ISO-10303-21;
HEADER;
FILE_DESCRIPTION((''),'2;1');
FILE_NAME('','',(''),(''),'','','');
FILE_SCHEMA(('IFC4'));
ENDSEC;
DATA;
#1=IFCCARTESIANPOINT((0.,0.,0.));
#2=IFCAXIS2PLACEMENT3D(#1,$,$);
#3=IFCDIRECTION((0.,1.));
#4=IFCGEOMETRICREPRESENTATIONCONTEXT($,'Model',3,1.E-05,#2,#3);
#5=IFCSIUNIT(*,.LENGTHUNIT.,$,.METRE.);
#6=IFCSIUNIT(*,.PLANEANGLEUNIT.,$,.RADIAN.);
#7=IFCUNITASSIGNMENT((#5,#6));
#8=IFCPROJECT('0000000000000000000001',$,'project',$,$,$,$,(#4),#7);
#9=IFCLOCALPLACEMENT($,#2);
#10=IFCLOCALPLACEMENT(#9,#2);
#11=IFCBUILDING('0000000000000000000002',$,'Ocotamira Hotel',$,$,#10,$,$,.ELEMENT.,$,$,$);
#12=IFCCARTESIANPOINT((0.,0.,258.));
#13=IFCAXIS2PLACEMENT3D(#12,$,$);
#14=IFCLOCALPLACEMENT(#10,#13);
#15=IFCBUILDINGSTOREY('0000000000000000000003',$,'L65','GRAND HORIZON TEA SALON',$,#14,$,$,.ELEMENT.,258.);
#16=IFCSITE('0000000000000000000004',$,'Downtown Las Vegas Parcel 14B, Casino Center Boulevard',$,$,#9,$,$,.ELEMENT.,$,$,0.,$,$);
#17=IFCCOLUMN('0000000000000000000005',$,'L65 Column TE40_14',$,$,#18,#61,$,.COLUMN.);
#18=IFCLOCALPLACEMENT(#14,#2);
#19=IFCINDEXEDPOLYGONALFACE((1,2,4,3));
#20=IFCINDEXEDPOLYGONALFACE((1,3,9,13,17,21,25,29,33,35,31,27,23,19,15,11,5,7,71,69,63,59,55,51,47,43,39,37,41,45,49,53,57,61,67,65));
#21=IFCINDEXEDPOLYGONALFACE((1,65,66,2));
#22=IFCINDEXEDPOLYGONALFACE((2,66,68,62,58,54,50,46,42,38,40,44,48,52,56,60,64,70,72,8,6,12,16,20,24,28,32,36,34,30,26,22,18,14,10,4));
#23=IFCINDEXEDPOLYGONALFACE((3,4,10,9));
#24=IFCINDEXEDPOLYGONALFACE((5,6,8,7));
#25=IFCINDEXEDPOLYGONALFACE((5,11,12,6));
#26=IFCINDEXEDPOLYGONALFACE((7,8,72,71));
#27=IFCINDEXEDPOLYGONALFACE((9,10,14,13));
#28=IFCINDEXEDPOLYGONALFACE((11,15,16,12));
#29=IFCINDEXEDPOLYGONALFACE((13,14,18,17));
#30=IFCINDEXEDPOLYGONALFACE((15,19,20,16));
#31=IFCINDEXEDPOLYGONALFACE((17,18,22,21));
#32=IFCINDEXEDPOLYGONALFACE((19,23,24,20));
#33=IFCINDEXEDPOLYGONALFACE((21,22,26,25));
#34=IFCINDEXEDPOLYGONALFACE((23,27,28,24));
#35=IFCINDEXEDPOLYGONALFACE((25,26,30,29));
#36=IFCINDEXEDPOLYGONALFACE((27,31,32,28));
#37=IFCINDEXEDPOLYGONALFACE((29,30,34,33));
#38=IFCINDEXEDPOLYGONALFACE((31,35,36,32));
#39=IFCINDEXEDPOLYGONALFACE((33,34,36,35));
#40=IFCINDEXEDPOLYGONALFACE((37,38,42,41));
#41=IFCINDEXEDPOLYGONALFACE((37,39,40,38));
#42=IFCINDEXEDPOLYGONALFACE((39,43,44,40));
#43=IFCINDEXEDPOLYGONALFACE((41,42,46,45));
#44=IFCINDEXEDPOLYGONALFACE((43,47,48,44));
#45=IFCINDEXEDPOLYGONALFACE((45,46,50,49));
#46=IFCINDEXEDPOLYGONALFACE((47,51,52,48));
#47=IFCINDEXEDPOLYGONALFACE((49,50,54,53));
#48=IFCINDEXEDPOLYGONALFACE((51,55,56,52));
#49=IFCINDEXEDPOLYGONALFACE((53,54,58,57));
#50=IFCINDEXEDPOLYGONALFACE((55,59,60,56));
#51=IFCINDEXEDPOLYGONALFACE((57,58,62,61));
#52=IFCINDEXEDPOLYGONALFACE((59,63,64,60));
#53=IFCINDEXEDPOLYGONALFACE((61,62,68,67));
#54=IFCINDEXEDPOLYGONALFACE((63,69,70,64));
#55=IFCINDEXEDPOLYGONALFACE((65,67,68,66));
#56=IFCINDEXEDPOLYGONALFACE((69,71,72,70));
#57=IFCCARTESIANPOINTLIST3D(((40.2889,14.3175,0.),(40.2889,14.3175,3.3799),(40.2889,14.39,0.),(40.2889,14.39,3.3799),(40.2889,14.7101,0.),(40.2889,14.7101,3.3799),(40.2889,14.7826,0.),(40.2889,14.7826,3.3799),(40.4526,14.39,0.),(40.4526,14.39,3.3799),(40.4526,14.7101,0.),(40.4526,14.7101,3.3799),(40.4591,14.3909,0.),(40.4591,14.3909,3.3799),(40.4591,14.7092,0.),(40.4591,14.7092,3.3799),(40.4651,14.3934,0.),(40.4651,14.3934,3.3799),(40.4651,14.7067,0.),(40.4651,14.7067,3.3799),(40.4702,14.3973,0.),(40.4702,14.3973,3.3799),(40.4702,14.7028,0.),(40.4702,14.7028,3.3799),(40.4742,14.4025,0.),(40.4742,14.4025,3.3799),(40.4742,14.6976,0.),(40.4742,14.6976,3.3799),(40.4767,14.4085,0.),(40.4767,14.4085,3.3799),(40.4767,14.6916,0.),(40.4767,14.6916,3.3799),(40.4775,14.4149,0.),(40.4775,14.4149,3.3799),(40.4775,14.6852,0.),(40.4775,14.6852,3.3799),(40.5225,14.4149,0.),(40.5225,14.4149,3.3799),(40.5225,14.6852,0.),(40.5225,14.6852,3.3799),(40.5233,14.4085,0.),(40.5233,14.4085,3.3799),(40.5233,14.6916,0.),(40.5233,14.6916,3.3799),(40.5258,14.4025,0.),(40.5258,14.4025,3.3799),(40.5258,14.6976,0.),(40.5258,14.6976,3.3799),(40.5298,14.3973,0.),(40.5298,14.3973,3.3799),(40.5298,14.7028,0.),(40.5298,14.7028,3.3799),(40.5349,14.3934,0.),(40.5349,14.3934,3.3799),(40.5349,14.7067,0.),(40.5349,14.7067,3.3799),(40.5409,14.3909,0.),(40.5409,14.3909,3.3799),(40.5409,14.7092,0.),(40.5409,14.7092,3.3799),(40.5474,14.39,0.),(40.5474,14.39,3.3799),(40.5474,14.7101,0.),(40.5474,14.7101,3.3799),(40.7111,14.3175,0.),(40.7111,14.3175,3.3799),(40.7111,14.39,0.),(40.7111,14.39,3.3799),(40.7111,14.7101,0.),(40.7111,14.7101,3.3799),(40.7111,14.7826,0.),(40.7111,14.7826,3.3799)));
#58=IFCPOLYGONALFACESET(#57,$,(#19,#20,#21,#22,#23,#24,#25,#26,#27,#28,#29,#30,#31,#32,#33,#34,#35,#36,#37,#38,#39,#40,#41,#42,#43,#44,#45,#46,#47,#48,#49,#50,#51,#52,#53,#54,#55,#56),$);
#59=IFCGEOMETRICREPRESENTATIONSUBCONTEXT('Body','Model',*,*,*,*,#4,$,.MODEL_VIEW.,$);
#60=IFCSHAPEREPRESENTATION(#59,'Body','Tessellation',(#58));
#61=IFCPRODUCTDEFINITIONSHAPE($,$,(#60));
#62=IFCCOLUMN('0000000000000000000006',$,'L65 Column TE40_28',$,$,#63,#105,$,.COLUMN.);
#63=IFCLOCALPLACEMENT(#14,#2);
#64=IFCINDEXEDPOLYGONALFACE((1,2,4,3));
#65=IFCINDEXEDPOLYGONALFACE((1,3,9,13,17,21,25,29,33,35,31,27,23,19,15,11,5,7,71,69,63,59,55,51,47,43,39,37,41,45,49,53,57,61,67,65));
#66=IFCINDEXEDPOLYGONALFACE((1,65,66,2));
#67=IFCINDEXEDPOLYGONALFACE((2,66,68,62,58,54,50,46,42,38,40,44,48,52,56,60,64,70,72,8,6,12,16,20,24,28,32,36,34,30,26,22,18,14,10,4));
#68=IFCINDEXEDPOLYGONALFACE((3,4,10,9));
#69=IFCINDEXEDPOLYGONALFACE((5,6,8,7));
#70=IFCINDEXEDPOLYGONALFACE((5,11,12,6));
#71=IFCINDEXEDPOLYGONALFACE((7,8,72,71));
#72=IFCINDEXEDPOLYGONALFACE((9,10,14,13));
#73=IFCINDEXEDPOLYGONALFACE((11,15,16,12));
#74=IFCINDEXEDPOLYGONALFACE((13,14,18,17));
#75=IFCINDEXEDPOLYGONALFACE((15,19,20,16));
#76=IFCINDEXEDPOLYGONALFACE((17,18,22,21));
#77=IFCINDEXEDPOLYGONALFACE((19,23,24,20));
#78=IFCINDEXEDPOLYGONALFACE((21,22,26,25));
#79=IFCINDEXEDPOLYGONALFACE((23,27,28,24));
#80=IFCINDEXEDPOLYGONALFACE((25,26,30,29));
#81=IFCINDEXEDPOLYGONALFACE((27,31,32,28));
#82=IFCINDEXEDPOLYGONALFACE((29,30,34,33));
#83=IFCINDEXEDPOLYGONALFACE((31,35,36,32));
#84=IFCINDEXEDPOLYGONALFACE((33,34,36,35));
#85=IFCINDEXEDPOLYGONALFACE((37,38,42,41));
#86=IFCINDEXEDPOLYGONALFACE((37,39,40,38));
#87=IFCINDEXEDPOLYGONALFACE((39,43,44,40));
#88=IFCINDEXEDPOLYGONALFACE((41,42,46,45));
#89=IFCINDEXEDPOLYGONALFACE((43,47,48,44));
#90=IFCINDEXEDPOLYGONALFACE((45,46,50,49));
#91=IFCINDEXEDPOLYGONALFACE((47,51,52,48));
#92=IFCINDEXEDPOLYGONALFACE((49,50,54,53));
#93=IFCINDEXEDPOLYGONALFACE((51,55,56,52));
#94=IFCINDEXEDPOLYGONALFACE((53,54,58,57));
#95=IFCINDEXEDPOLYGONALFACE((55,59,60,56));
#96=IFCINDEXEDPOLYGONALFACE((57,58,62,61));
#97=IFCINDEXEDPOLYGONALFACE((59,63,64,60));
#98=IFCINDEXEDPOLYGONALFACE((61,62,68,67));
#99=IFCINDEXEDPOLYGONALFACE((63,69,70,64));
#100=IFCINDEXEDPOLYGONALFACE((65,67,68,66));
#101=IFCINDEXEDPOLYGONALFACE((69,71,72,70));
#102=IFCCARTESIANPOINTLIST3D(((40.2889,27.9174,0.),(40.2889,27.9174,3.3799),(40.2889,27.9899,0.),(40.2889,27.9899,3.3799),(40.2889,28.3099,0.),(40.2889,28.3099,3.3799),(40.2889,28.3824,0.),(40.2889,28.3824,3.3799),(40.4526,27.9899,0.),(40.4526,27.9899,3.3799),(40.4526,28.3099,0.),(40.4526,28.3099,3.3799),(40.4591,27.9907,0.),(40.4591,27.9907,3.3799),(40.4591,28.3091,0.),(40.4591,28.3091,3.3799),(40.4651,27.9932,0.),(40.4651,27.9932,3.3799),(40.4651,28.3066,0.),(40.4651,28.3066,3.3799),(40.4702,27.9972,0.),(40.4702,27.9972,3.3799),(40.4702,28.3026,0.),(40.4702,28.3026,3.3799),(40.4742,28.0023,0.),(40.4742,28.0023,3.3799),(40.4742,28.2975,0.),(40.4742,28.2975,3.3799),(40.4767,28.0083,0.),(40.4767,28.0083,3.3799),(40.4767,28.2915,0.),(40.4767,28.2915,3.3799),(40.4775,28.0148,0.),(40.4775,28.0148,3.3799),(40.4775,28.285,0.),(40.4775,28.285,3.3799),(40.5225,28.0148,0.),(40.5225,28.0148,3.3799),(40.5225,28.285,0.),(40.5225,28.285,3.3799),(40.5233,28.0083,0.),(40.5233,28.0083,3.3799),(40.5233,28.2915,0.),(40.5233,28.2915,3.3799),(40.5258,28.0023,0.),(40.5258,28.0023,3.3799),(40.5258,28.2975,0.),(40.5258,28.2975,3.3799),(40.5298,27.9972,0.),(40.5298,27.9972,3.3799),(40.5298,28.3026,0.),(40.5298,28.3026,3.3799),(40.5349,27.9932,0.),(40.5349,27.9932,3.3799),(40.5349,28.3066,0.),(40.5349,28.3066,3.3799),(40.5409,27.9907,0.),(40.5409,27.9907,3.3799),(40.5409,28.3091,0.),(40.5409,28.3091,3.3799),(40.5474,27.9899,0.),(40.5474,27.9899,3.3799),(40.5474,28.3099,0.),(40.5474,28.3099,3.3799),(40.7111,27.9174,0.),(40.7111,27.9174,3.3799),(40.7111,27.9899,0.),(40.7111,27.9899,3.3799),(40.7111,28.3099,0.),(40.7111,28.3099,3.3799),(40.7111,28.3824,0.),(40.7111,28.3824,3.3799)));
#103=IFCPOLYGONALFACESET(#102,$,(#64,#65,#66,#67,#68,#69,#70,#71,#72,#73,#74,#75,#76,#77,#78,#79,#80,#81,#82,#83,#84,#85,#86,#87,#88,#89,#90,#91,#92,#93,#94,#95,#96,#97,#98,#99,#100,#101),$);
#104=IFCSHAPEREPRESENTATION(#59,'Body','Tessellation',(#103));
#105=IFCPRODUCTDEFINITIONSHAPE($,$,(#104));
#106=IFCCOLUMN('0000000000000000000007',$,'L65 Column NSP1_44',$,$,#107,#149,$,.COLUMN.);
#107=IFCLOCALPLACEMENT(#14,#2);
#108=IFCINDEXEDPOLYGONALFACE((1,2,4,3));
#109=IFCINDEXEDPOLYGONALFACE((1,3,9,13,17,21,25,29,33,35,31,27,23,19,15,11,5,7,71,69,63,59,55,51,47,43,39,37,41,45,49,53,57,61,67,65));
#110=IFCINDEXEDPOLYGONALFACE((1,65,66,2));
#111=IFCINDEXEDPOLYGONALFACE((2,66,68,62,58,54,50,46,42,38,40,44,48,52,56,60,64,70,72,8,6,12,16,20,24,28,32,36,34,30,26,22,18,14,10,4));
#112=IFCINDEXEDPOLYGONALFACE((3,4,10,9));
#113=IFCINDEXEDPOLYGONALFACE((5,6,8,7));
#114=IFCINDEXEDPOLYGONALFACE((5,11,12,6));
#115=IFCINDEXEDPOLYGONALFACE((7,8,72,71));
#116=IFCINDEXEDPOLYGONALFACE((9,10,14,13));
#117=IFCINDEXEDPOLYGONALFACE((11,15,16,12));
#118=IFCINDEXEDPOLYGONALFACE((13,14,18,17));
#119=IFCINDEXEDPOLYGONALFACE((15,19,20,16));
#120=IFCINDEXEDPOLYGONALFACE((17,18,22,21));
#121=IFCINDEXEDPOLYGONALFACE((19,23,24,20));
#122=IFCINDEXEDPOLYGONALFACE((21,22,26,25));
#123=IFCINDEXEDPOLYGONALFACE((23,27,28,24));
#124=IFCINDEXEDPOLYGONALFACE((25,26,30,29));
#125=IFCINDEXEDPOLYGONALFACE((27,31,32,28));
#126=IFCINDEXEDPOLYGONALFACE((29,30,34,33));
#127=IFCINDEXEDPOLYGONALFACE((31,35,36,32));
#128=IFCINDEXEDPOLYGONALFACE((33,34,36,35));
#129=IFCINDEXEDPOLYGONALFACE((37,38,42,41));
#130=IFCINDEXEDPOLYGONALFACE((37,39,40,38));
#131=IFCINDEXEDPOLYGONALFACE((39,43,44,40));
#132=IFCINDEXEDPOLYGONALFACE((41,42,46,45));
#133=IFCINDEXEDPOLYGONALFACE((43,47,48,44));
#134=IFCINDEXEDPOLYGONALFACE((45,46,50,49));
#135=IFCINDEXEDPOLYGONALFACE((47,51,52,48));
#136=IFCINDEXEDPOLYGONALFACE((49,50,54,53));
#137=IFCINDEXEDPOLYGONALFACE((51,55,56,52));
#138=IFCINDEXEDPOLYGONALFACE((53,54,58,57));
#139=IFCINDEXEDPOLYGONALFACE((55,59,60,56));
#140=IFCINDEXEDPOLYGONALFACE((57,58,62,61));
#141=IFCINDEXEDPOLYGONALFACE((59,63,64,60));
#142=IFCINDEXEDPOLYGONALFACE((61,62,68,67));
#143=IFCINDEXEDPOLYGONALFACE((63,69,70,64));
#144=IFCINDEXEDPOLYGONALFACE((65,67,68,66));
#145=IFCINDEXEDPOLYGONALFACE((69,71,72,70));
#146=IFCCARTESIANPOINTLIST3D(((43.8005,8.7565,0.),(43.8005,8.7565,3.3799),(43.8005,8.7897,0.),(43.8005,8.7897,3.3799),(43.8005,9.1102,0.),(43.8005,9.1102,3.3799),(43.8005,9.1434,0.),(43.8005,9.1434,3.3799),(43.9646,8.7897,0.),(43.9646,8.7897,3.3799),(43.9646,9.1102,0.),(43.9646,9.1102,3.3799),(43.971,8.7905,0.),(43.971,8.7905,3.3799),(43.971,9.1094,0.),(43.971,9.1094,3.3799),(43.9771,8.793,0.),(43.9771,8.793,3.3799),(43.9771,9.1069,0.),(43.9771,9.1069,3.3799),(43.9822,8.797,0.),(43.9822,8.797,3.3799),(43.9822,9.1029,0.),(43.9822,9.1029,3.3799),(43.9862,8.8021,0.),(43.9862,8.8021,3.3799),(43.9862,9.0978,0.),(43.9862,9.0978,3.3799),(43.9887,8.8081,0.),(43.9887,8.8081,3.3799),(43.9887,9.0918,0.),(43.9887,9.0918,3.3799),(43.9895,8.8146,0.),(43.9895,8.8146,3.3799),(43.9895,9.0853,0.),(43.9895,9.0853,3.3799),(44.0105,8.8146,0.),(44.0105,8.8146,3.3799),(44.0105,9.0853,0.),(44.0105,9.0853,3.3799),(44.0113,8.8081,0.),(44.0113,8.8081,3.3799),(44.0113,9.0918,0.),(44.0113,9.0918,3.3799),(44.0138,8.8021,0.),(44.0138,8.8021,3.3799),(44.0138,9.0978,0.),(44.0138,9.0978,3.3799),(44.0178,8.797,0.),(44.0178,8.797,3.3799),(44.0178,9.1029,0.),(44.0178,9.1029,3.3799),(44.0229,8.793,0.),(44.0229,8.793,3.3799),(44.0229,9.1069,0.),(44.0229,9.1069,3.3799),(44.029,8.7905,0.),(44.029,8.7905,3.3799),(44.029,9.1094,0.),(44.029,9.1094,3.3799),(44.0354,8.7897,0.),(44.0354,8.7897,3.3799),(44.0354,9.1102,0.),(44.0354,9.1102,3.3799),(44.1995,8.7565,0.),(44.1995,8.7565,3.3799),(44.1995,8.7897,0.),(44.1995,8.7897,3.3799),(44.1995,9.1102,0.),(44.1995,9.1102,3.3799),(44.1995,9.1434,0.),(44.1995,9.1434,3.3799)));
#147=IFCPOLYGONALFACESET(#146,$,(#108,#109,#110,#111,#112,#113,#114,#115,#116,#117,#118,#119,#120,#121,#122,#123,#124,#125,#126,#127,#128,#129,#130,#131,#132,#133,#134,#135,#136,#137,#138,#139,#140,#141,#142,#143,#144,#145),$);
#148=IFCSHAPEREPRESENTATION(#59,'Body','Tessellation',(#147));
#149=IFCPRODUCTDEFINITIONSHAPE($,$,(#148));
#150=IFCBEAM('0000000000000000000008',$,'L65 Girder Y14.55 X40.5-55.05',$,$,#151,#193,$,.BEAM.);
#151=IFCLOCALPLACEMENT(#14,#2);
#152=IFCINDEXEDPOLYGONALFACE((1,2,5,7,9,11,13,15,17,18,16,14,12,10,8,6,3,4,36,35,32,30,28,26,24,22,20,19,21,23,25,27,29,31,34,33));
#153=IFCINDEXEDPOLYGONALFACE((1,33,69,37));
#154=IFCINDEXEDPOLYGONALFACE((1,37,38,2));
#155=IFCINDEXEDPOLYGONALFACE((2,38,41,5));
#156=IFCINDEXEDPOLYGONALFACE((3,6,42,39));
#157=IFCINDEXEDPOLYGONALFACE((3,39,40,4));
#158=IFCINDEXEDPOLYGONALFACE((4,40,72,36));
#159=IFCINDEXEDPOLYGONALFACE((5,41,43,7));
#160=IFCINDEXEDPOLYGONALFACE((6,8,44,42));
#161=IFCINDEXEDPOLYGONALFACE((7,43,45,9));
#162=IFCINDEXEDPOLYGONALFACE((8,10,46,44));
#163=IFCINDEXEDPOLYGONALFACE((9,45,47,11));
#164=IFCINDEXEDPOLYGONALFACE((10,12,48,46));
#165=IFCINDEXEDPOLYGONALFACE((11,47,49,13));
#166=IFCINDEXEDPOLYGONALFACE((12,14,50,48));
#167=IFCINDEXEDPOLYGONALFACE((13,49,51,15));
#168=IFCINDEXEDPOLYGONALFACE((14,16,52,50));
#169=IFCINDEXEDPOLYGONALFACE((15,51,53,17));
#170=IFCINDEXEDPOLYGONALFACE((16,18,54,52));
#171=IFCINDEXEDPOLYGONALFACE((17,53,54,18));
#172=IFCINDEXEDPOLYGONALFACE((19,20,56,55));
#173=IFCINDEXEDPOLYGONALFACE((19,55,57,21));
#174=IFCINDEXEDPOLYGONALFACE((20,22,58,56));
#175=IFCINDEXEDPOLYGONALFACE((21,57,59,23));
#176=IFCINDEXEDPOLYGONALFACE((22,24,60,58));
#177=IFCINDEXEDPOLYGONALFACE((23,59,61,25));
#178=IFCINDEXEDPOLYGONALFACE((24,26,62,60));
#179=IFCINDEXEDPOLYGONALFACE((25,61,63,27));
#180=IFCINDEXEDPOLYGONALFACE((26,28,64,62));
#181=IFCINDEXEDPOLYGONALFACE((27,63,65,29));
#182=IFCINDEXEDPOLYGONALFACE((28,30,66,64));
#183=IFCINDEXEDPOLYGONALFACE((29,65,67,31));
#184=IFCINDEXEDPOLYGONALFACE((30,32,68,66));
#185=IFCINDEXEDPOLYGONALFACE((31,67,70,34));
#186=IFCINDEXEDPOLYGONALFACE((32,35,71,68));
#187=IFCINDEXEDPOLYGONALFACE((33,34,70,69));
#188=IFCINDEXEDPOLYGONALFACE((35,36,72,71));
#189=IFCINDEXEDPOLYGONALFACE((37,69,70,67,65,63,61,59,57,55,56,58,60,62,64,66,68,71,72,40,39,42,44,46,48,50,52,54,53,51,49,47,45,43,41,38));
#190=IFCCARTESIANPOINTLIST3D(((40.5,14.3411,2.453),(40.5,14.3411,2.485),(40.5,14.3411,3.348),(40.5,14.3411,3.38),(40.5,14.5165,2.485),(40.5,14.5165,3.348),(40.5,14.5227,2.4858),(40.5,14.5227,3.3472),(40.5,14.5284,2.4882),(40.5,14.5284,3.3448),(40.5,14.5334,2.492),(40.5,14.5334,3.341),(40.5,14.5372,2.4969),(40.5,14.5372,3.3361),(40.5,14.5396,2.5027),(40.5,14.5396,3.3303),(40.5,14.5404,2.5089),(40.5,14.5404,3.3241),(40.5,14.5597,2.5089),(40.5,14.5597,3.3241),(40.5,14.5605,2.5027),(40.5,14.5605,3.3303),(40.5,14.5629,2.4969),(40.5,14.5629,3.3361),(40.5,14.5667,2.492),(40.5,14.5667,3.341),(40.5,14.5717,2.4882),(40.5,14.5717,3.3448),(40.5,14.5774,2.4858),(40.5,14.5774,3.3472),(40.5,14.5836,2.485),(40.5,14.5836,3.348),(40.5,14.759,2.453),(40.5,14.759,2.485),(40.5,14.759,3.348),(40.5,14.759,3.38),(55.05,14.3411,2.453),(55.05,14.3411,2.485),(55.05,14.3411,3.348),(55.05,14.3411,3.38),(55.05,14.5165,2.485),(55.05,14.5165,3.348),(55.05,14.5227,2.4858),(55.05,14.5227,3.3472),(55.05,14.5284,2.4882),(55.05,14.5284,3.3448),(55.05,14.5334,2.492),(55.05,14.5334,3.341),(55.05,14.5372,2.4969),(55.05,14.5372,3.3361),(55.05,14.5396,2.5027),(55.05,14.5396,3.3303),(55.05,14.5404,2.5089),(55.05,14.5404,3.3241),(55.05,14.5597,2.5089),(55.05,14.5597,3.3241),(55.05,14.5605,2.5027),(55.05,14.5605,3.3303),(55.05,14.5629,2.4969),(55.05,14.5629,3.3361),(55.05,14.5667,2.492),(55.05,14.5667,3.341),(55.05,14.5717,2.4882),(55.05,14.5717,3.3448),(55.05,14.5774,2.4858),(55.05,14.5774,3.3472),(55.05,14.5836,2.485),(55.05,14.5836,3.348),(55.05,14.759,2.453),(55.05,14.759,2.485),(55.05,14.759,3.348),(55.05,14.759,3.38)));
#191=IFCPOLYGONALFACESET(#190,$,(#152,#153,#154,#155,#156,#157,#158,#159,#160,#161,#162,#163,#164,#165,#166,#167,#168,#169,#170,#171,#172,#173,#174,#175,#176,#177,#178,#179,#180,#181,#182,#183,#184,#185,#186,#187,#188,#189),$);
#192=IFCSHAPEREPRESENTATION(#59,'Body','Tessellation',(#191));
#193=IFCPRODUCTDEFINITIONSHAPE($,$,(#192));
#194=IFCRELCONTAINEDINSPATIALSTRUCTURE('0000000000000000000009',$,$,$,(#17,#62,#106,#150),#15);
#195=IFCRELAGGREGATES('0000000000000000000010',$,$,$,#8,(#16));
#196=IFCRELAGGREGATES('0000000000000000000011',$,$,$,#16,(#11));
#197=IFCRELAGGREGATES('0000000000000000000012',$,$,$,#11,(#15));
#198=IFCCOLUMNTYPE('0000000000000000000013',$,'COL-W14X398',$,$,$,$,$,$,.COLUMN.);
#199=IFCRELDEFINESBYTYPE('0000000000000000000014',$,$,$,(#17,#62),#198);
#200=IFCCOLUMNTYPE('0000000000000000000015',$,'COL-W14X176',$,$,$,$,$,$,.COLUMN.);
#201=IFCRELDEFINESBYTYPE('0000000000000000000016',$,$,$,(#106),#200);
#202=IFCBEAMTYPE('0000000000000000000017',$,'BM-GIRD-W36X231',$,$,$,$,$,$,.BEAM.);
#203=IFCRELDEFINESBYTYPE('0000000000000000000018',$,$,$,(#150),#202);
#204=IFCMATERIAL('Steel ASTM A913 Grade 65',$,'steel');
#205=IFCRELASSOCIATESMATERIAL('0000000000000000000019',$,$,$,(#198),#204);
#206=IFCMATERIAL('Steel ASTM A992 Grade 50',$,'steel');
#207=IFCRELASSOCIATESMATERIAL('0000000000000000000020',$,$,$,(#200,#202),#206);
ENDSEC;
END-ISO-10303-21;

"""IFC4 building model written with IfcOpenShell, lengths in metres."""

from ifc_helpers import new_model, si_unit, direction, frame, origin, origin_2d, place, context, subcontext, project, spatial, i_section, extrude, source, transform, mapped, material, material_profile, profile_set, type_object, element, save


model = new_model("IFC4")

# Units and contexts
model_context = context("Model", 3, precision=1e-05, world=origin(), true_north=direction((0.0, 1.0)))
body_context = subcontext(model_context, "Body", "Model", "MODEL_VIEW")
ifc_project = project(units=[si_unit("LENGTHUNIT", "METRE"), si_unit("PLANEANGLEUNIT", "RADIAN")], contexts=[model_context])

# Site, building, storey
site_placement = place(None, origin())
site = spatial("IfcSite", under=ifc_project, at=site_placement, Name="Downtown Las Vegas Parcel 14B, Casino Center Boulevard", CompositionType="ELEMENT", RefElevation=0.0)
building_placement = place(site_placement, origin())
building = spatial("IfcBuilding", under=site, at=building_placement, Name="Ocotamira Hotel", CompositionType="ELEMENT")
storey_placement = place(building_placement, frame((0.0, 0.0, 258.0)))
storey = spatial("IfcBuildingStorey", under=building, at=storey_placement, Name="L65", Description="GRAND HORIZON TEA SALON", CompositionType="ELEMENT", Elevation=258.0)

# Columns
ifc_material_1 = material(Name="Steel ASTM A913 Grade 65", Category="steel")
ifc_material_profile_1 = material_profile(ifc_material_1, i_section(OverallWidth=0.4221, OverallDepth=0.4651, WebThickness=0.0449, FlangeThickness=0.0725, FilletRadius=0.0249, at=origin_2d()), Name="W14X398")
ifc_profile_set_1 = profile_set([ifc_material_profile_1], Name="Steel ASTM A913 Grade 65")
column_type_1 = type_object("IfcColumnType", Name="COL-W14X398", PredefinedType="COLUMN", material=ifc_profile_set_1)
shared_shape_1 = source(origin(), body_context, "Body", "SweptSolid", [
    extrude(i_section(OverallWidth=0.4221, OverallDepth=0.4651, WebThickness=0.0449, FlangeThickness=0.0725, FilletRadius=0.0249, at=origin_2d()), origin(), (0.0, 0.0, 1.0), 3.3799),
])
for number, where, z_axis, x_axis, name in (
    (1, (40.5, 14.55, 0.0), (0.0, 0.0, 1.0), (1.0, 0.0, 0.0), "L65 Column TE40_14"),
    (2, (40.5, 28.1499, 0.0), (0.0, 0.0, 1.0), (1.0, 0.0, 0.0), "L65 Column TE40_28"),
):
    element("IfcColumn", number, at=place(storey_placement, frame(where, z_axis=z_axis, x_axis=x_axis)), inside=storey, type_object=column_type_1, Name=name, PredefinedType="COLUMN", context=body_context, shape_type="MappedRepresentation", body=[
        mapped(shared_shape_1, transform((0.0, 0.0, 0.0), scale=1.0)),
    ])
ifc_material_2 = material(Name="Steel ASTM A992 Grade 50", Category="steel")
ifc_material_profile_2 = material_profile(ifc_material_2, i_section(OverallWidth=0.3989, OverallDepth=0.387, WebThickness=0.021, FlangeThickness=0.0332, FilletRadius=0.0249, at=origin_2d()), Name="W14X176")
ifc_profile_set_2 = profile_set([ifc_material_profile_2], Name="Steel ASTM A992 Grade 50")
column_type_2 = type_object("IfcColumnType", Name="COL-W14X176", PredefinedType="COLUMN", material=ifc_profile_set_2)
shared_shape_2 = source(origin(), body_context, "Body", "SweptSolid", [
    extrude(i_section(OverallWidth=0.3989, OverallDepth=0.387, WebThickness=0.021, FlangeThickness=0.0332, FilletRadius=0.0249, at=origin_2d()), origin(), (0.0, 0.0, 1.0), 3.3799),
])
column_placement = place(storey_placement, frame((44.0, 8.95, 0.0), z_axis=(0.0, 0.0, 1.0), x_axis=(1.0, 0.0, 0.0)))
element("IfcColumn", 3, at=column_placement, inside=storey, type_object=column_type_2, Name="L65 Column NSP1_44", PredefinedType="COLUMN", context=body_context, shape_type="MappedRepresentation", body=[
    mapped(shared_shape_2, transform((0.0, 0.0, 0.0), scale=1.0)),
])

# Beam
ifc_material_profile_3 = material_profile(ifc_material_2, i_section(OverallWidth=0.418, OverallDepth=0.927, WebThickness=0.0193, FlangeThickness=0.032, FilletRadius=0.0239, at=origin_2d()), Name="W36X231")
ifc_profile_set_3 = profile_set([ifc_material_profile_3], Name="Steel ASTM A992 Grade 50")
beam_type_1 = type_object("IfcBeamType", Name="BM-GIRD-W36X231", PredefinedType="BEAM", material=ifc_profile_set_3)
shared_shape_3 = source(origin(), body_context, "Body", "SweptSolid", [
    extrude(i_section(OverallWidth=0.418, OverallDepth=0.927, WebThickness=0.0193, FlangeThickness=0.032, FilletRadius=0.0239, at=origin_2d()), origin(), (0.0, 0.0, 1.0), 14.55),
])
beam_1_placement = place(storey_placement, frame((40.5, 14.55, 2.9165), z_axis=(1.0, 0.0, 0.0), x_axis=(0.0, 1.0, 0.0)))
element("IfcBeam", 4, at=beam_1_placement, inside=storey, type_object=beam_type_1, Name="L65 Girder Y14.55 X40.5-55.05", PredefinedType="BEAM", context=body_context, shape_type="MappedRepresentation", body=[
    mapped(shared_shape_3, transform((0.0, 0.0, 0.0), scale=1.0)),
])

save(model, "model.ifc")
